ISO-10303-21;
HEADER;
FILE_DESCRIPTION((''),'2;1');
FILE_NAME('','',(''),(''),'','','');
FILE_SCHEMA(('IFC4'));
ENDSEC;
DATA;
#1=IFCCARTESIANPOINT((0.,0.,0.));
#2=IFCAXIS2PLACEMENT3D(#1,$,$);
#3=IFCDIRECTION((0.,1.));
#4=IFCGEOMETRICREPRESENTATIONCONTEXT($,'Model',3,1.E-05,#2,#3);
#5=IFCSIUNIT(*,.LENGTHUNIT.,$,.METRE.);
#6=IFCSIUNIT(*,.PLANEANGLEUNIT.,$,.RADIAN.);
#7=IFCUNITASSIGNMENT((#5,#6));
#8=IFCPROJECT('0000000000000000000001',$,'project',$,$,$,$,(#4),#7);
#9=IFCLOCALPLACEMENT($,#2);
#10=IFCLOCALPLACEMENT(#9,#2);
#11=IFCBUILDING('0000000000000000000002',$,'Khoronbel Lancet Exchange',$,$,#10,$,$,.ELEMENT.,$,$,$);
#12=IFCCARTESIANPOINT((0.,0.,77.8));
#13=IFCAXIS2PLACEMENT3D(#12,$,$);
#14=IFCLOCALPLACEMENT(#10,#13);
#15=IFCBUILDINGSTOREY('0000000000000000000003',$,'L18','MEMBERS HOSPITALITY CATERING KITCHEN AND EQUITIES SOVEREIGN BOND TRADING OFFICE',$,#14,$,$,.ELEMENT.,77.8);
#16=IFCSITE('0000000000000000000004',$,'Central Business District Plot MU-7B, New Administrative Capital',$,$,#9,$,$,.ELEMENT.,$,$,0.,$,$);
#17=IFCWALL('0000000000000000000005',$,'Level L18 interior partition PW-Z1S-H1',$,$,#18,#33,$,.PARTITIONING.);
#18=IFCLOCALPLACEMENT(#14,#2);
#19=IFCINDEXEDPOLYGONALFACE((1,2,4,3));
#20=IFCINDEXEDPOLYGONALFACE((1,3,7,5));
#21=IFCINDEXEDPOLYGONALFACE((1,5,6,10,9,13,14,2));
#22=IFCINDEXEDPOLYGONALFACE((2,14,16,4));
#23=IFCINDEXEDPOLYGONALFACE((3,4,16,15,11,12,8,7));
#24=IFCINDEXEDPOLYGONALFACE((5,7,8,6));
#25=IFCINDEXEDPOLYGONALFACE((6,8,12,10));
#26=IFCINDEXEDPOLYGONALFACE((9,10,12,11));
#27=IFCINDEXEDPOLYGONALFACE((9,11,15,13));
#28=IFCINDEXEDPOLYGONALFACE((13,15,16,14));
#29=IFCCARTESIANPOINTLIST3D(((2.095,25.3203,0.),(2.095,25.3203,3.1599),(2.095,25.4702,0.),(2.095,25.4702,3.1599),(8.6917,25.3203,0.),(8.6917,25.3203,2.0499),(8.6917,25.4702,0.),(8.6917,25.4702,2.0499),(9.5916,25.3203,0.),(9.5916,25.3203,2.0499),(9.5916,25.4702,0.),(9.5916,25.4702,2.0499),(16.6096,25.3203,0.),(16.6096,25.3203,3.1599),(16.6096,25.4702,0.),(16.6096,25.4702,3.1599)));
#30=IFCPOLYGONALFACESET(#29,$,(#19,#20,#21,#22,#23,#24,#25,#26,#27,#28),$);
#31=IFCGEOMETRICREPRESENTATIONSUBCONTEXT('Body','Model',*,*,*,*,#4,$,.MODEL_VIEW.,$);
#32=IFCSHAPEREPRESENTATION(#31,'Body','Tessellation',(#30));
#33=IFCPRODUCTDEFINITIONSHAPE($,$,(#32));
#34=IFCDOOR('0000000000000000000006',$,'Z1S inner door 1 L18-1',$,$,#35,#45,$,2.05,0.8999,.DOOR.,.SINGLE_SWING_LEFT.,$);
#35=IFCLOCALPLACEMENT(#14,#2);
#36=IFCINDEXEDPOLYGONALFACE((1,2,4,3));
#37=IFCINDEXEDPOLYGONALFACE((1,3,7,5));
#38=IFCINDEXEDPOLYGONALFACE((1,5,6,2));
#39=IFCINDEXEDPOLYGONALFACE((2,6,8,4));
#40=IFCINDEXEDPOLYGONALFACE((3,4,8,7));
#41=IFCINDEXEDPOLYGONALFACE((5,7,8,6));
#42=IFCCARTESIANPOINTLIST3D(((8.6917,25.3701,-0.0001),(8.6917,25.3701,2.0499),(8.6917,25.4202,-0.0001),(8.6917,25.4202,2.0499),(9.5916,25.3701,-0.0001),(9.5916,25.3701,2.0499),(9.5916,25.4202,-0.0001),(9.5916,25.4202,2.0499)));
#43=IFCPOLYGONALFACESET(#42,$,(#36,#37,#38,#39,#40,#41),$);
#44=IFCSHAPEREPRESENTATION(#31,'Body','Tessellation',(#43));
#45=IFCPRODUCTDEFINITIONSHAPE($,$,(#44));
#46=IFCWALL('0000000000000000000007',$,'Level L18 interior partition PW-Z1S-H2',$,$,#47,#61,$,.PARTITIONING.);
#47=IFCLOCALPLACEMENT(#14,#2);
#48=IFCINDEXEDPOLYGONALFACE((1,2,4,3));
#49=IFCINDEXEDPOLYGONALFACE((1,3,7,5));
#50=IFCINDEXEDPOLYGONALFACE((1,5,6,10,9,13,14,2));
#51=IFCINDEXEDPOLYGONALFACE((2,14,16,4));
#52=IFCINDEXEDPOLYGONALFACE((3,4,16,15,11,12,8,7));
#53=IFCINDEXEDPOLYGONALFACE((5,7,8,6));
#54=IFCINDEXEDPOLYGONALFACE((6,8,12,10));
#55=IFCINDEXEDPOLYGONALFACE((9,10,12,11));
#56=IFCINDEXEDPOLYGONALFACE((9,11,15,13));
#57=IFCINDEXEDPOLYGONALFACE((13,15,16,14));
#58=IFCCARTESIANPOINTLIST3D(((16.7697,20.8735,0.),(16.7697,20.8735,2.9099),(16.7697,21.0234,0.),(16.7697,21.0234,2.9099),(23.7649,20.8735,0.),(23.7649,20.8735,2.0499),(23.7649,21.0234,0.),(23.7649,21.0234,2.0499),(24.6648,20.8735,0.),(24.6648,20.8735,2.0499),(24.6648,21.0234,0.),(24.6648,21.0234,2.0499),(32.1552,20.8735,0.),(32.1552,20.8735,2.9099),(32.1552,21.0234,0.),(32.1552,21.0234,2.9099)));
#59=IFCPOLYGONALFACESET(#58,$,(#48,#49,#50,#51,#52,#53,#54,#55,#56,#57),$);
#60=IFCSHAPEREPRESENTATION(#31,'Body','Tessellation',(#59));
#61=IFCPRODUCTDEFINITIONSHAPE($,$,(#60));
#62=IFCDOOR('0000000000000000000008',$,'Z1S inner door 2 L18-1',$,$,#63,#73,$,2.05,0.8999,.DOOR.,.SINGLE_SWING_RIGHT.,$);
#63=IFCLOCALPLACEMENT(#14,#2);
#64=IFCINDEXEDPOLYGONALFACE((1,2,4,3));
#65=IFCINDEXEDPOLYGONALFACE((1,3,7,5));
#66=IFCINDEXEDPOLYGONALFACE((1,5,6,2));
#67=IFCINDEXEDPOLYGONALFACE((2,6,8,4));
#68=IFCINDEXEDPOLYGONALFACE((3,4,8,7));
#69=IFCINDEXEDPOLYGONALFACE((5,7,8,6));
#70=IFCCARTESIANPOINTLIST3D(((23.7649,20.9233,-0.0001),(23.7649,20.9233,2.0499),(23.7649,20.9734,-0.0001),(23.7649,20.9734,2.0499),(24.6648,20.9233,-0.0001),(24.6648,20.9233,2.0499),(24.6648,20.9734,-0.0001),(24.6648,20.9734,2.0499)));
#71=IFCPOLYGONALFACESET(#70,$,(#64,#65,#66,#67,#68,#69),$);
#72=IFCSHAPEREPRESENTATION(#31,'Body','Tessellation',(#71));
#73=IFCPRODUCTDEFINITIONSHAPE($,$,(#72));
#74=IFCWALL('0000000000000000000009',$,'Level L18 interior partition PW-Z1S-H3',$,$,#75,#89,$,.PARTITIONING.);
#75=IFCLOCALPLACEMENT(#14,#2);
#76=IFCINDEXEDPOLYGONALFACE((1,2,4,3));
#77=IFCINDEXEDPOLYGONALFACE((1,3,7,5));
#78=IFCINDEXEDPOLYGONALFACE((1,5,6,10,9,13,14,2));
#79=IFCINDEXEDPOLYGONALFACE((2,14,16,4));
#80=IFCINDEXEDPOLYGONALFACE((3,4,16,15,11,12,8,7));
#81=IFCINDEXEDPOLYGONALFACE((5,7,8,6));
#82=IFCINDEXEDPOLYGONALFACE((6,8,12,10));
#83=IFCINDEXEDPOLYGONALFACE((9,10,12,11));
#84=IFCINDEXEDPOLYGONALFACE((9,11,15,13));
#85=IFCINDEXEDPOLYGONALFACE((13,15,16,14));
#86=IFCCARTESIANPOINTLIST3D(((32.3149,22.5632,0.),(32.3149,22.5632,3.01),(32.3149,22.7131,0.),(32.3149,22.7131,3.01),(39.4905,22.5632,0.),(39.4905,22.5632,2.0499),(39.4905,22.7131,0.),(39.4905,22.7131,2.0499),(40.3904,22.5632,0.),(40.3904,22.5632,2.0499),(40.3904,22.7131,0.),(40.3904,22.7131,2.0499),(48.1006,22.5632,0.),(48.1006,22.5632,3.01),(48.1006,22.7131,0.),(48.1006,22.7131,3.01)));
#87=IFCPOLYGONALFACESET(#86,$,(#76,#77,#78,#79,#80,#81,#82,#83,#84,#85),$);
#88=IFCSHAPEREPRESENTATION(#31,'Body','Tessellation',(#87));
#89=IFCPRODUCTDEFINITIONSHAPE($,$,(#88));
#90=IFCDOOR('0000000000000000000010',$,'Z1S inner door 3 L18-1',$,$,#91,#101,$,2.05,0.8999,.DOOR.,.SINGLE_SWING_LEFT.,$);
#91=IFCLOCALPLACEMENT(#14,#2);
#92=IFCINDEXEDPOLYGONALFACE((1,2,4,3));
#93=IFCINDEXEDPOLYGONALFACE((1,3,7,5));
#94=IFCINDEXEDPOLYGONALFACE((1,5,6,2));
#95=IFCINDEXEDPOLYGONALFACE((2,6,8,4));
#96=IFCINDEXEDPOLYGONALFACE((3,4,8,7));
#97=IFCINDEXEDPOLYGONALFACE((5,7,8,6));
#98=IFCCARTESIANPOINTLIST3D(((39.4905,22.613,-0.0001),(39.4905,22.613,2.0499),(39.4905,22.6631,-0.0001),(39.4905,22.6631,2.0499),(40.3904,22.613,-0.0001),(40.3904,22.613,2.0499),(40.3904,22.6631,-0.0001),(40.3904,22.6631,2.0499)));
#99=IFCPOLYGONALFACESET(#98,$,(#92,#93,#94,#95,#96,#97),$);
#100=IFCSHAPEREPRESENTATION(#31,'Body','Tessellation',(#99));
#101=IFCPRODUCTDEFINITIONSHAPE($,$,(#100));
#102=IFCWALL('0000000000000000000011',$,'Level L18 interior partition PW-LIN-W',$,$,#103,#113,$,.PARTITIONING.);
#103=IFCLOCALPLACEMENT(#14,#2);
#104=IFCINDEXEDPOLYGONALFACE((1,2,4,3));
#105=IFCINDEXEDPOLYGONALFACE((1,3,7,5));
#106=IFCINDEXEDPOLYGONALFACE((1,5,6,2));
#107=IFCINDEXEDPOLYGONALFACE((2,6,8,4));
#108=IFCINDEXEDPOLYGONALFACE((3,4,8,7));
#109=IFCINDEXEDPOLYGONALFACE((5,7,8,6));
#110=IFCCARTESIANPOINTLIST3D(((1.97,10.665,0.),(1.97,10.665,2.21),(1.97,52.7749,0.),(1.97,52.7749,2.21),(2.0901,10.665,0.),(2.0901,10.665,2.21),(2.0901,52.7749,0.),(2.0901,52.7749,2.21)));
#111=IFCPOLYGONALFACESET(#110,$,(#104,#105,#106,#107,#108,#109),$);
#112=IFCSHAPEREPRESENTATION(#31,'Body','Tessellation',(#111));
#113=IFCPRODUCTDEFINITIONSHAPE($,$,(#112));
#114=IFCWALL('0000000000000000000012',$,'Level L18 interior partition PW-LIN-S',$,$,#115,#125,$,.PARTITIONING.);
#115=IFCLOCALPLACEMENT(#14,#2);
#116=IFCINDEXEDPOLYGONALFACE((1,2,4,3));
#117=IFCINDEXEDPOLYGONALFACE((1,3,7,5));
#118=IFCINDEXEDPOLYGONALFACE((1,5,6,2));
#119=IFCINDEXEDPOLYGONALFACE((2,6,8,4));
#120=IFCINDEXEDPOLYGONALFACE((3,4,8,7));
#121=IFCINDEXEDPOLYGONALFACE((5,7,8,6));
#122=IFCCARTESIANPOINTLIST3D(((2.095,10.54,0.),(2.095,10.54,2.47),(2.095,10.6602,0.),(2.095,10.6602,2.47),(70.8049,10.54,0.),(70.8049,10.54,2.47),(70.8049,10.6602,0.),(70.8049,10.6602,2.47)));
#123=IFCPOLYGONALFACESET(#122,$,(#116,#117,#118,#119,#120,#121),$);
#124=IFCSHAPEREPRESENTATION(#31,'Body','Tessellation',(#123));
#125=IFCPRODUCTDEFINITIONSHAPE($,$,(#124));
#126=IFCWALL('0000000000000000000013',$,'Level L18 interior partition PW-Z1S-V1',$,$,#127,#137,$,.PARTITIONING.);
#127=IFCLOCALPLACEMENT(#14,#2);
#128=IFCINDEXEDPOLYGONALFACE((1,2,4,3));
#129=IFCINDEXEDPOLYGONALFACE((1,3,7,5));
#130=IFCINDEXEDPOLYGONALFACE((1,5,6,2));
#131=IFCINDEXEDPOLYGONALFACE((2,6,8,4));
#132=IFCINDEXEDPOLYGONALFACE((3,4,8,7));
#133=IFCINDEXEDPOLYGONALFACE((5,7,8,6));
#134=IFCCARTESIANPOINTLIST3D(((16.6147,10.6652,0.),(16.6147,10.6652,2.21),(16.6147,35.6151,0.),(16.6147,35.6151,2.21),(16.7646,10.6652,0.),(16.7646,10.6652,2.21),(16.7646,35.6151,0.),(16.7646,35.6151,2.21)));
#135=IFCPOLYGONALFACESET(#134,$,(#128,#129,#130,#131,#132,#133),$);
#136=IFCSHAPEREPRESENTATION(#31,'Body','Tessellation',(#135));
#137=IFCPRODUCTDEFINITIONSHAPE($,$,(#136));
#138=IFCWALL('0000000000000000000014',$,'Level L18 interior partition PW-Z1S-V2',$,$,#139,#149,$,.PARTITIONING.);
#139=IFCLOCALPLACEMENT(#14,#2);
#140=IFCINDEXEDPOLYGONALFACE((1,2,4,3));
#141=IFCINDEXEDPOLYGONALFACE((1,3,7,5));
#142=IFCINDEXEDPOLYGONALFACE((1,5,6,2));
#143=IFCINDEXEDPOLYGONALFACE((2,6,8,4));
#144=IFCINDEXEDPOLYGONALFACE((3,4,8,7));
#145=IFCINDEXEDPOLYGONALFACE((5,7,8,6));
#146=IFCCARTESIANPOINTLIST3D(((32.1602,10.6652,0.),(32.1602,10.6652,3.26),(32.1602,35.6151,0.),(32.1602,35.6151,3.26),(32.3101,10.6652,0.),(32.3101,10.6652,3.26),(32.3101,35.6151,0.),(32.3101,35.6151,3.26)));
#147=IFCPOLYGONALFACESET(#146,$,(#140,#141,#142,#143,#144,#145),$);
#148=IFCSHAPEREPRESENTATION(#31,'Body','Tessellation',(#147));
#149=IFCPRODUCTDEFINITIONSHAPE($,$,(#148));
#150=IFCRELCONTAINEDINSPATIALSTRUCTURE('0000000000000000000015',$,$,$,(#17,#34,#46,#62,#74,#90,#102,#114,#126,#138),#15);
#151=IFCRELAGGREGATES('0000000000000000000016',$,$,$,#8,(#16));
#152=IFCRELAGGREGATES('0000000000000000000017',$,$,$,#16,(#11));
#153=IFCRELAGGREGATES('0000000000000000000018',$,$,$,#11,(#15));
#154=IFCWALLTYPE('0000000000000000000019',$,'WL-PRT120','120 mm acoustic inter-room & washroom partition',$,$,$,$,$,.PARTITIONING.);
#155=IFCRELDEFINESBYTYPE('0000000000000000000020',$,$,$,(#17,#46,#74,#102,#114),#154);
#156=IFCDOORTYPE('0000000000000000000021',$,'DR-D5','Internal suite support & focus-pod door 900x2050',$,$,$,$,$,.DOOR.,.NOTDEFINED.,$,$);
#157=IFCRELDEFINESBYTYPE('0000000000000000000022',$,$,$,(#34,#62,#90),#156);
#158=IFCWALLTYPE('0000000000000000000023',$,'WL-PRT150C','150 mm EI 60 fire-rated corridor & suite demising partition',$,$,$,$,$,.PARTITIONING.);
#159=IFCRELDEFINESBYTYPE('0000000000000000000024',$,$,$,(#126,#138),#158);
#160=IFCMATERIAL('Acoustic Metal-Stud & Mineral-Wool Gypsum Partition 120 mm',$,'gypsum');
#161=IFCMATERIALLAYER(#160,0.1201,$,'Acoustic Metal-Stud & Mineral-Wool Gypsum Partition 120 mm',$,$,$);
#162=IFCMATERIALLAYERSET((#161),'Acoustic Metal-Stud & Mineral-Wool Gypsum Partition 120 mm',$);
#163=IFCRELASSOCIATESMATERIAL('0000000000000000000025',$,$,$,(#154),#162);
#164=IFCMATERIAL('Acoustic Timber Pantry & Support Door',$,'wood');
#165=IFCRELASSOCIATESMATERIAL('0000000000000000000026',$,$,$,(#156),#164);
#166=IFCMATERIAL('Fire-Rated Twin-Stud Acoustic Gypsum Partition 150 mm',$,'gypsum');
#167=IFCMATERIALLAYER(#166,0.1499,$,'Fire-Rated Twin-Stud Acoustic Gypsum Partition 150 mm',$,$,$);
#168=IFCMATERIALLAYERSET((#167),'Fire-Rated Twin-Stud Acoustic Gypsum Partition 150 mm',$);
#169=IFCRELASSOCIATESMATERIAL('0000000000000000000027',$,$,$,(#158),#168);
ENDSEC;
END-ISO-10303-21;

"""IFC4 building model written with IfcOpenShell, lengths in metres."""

from ifc_helpers import new_model, si_unit, direction, frame, frame_2d, origin, place, context, subcontext, project, spatial, rectangle, extrude, material, layer, layer_set, type_object, element, fill, save


model = new_model("IFC4")

# Units and contexts
model_context = context("Model", 3, precision=1e-05, world=origin(), true_north=direction((0.0, 1.0)))
body_context = subcontext(model_context, "Body", "Model", "MODEL_VIEW")
ifc_project = project(units=[si_unit("LENGTHUNIT", "METRE"), si_unit("PLANEANGLEUNIT", "RADIAN")], contexts=[model_context])

# Site, building, storey
site_placement = place(None, origin())
site = spatial("IfcSite", under=ifc_project, at=site_placement, Name="Central Business District Plot MU-7B, New Administrative Capital", CompositionType="ELEMENT", RefElevation=0.0)
building_placement = place(site_placement, origin())
building = spatial("IfcBuilding", under=site, at=building_placement, Name="Khoronbel Lancet Exchange", CompositionType="ELEMENT")
storey_placement = place(building_placement, frame((0.0, 0.0, 77.8)))
storey = spatial("IfcBuildingStorey", under=building, at=storey_placement, Name="L18", Description="MEMBERS HOSPITALITY CATERING KITCHEN AND EQUITIES SOVEREIGN BOND TRADING OFFICE", CompositionType="ELEMENT", Elevation=77.8)

# Walls, openings, doors
ifc_material_1 = material(Name="Acoustic Metal-Stud & Mineral-Wool Gypsum Partition 120 mm", Category="gypsum")
ifc_layer_1 = layer(ifc_material_1, 0.1201, Name="Acoustic Metal-Stud & Mineral-Wool Gypsum Partition 120 mm")
ifc_layer_set_1 = layer_set([ifc_layer_1], Name="Acoustic Metal-Stud & Mineral-Wool Gypsum Partition 120 mm")
wall_type_1 = type_object("IfcWallType", Name="WL-PRT120", Description="120 mm acoustic inter-room & washroom partition", PredefinedType="PARTITIONING", material=ifc_layer_set_1)
wall_1_placement = place(storey_placement, frame((2.095, 25.3953, 0.0), z_axis=(0.0, 0.0, 1.0), x_axis=(1.0, 0.0, 0.0)))
wall_1 = element("IfcWall", 1, at=wall_1_placement, inside=storey, type_object=wall_type_1, Name="Level L18 interior partition PW-Z1S-H1", PredefinedType="PARTITIONING", context=body_context, shape_type="SweptSolid", body=[
    extrude(rectangle(XDim=14.5146, YDim=0.1499, at=frame_2d((7.2573, 0.0))), origin(), (0.0, 0.0, 1.0), 3.1599),
])
opening_1_placement = place(wall_1_placement, frame((6.5967, 0.0, 0.0)))
opening_1 = element("IfcOpeningElement", 2, at=opening_1_placement, cuts=wall_1, PredefinedType="OPENING", context=body_context, shape_type="SweptSolid", body=[
    extrude(rectangle(XDim=0.8999, YDim=2.05, at=frame_2d((0.45, 1.0249))), frame((0.0, 0.085, 0.0), z_axis=(0.0, -1.0, 0.0), x_axis=(1.0, 0.0, 0.0)), (0.0, 0.0, 1.0), 0.1699),
])
ifc_material_2 = material(Name="Acoustic Timber Pantry & Support Door", Category="wood")
door_type = type_object("IfcDoorType", Name="DR-D5", Description="Internal suite support & focus-pod door 900x2050", OperationType="NOTDEFINED", PredefinedType="DOOR", material=ifc_material_2)
door_1_placement = place(opening_1_placement, origin())
door_1 = element("IfcDoor", 3, at=door_1_placement, inside=storey, type_object=door_type, Name="Z1S inner door 1 L18-1", OperationType="SINGLE_SWING_LEFT", OverallHeight=2.05, OverallWidth=0.8999, PredefinedType="DOOR", context=body_context, shape_type="SweptSolid", body=[
    extrude(rectangle(XDim=0.8999, YDim=2.05, at=frame_2d((0.45, 1.0249))), frame((0.0, 0.0249, 0.0), z_axis=(0.0, -1.0, 0.0), x_axis=(1.0, 0.0, 0.0)), (0.0, 0.0, 1.0), 0.05),
])
fill(opening_1, door_1)
wall_2_placement = place(storey_placement, frame((16.7695, 20.9485, 0.0), z_axis=(0.0, 0.0, 1.0), x_axis=(1.0, 0.0, 0.0)))
wall_2 = element("IfcWall", 4, at=wall_2_placement, inside=storey, type_object=wall_type_1, Name="Level L18 interior partition PW-Z1S-H2", PredefinedType="PARTITIONING", context=body_context, shape_type="SweptSolid", body=[
    extrude(rectangle(XDim=15.3855, YDim=0.1499, at=frame_2d((7.6929, 0.0))), origin(), (0.0, 0.0, 1.0), 2.9099),
])
opening_2_placement = place(wall_2_placement, frame((6.9954, 0.0, 0.0)))
opening_2 = element("IfcOpeningElement", 5, at=opening_2_placement, cuts=wall_2, PredefinedType="OPENING", context=body_context, shape_type="SweptSolid", body=[
    extrude(rectangle(XDim=0.8999, YDim=2.05, at=frame_2d((0.45, 1.0249))), frame((0.0, 0.085, 0.0), z_axis=(0.0, -1.0, 0.0), x_axis=(1.0, 0.0, 0.0)), (0.0, 0.0, 1.0), 0.1699),
])
door_2_placement = place(opening_2_placement, origin())
door_2 = element("IfcDoor", 6, at=door_2_placement, inside=storey, type_object=door_type, Name="Z1S inner door 2 L18-1", OperationType="SINGLE_SWING_RIGHT", OverallHeight=2.05, OverallWidth=0.8999, PredefinedType="DOOR", context=body_context, shape_type="SweptSolid", body=[
    extrude(rectangle(XDim=0.8999, YDim=2.05, at=frame_2d((0.45, 1.0249))), frame((0.0, 0.0249, 0.0), z_axis=(0.0, -1.0, 0.0), x_axis=(1.0, 0.0, 0.0)), (0.0, 0.0, 1.0), 0.05),
])
fill(opening_2, door_2)
wall_3_placement = place(storey_placement, frame((32.3149, 22.6382, 0.0), z_axis=(0.0, 0.0, 1.0), x_axis=(1.0, 0.0, 0.0)))
wall_3 = element("IfcWall", 7, at=wall_3_placement, inside=storey, type_object=wall_type_1, Name="Level L18 interior partition PW-Z1S-H3", PredefinedType="PARTITIONING", context=body_context, shape_type="SweptSolid", body=[
    extrude(rectangle(XDim=15.7856, YDim=0.1499, at=frame_2d((7.8928, 0.0))), origin(), (0.0, 0.0, 1.0), 3.01),
])
opening_3_placement = place(wall_3_placement, frame((7.1755, 0.0, 0.0)))
opening_3 = element("IfcOpeningElement", 8, at=opening_3_placement, cuts=wall_3, PredefinedType="OPENING", context=body_context, shape_type="SweptSolid", body=[
    extrude(rectangle(XDim=0.8999, YDim=2.05, at=frame_2d((0.45, 1.0249))), frame((0.0, 0.085, 0.0), z_axis=(0.0, -1.0, 0.0), x_axis=(1.0, 0.0, 0.0)), (0.0, 0.0, 1.0), 0.1699),
])
door_3_placement = place(opening_3_placement, origin())
door_3 = element("IfcDoor", 9, at=door_3_placement, inside=storey, type_object=door_type, Name="Z1S inner door 3 L18-1", OperationType="SINGLE_SWING_LEFT", OverallHeight=2.05, OverallWidth=0.8999, PredefinedType="DOOR", context=body_context, shape_type="SweptSolid", body=[
    extrude(rectangle(XDim=0.8999, YDim=2.05, at=frame_2d((0.45, 1.0249))), frame((0.0, 0.0249, 0.0), z_axis=(0.0, -1.0, 0.0), x_axis=(1.0, 0.0, 0.0)), (0.0, 0.0, 1.0), 0.05),
])
fill(opening_3, door_3)

# Walls
wall_4_placement = place(storey_placement, frame((2.03, 10.665, 0.0), z_axis=(0.0, 0.0, 1.0), x_axis=(0.0, 1.0, 0.0)))
element("IfcWall", 10, at=wall_4_placement, inside=storey, type_object=wall_type_1, Name="Level L18 interior partition PW-LIN-W", PredefinedType="PARTITIONING", context=body_context, shape_type="SweptSolid", body=[
    extrude(rectangle(XDim=42.1099, YDim=0.1201, at=frame_2d((21.0549, 0.0))), origin(), (0.0, 0.0, 1.0), 2.21),
])
wall_5_placement = place(storey_placement, frame((2.095, 10.6001, 0.0), z_axis=(0.0, 0.0, 1.0), x_axis=(1.0, 0.0, 0.0)))
element("IfcWall", 11, at=wall_5_placement, inside=storey, type_object=wall_type_1, Name="Level L18 interior partition PW-LIN-S", PredefinedType="PARTITIONING", context=body_context, shape_type="SweptSolid", body=[
    extrude(rectangle(XDim=68.71, YDim=0.1201, at=frame_2d((34.355, 0.0))), origin(), (0.0, 0.0, 1.0), 2.47),
])
ifc_material_3 = material(Name="Fire-Rated Twin-Stud Acoustic Gypsum Partition 150 mm", Category="gypsum")
ifc_layer_2 = layer(ifc_material_3, 0.1499, Name="Fire-Rated Twin-Stud Acoustic Gypsum Partition 150 mm")
ifc_layer_set_2 = layer_set([ifc_layer_2], Name="Fire-Rated Twin-Stud Acoustic Gypsum Partition 150 mm")
wall_type_2 = type_object("IfcWallType", Name="WL-PRT150C", Description="150 mm EI 60 fire-rated corridor & suite demising partition", PredefinedType="PARTITIONING", material=ifc_layer_set_2)
wall_6_placement = place(storey_placement, frame((16.6897, 10.665, 0.0), z_axis=(0.0, 0.0, 1.0), x_axis=(0.0, 1.0, 0.0)))
element("IfcWall", 12, at=wall_6_placement, inside=storey, type_object=wall_type_2, Name="Level L18 interior partition PW-Z1S-V1", PredefinedType="PARTITIONING", context=body_context, shape_type="SweptSolid", body=[
    extrude(rectangle(XDim=24.95, YDim=0.1499, at=frame_2d((12.4751, 0.0))), origin(), (0.0, 0.0, 1.0), 2.21),
])
wall_7_placement = place(storey_placement, frame((32.2351, 10.665, 0.0), z_axis=(0.0, 0.0, 1.0), x_axis=(0.0, 1.0, 0.0)))
element("IfcWall", 13, at=wall_7_placement, inside=storey, type_object=wall_type_2, Name="Level L18 interior partition PW-Z1S-V2", PredefinedType="PARTITIONING", context=body_context, shape_type="SweptSolid", body=[
    extrude(rectangle(XDim=24.95, YDim=0.1499, at=frame_2d((12.4751, 0.0))), origin(), (0.0, 0.0, 1.0), 3.26),
])

save(model, "model.ifc")
